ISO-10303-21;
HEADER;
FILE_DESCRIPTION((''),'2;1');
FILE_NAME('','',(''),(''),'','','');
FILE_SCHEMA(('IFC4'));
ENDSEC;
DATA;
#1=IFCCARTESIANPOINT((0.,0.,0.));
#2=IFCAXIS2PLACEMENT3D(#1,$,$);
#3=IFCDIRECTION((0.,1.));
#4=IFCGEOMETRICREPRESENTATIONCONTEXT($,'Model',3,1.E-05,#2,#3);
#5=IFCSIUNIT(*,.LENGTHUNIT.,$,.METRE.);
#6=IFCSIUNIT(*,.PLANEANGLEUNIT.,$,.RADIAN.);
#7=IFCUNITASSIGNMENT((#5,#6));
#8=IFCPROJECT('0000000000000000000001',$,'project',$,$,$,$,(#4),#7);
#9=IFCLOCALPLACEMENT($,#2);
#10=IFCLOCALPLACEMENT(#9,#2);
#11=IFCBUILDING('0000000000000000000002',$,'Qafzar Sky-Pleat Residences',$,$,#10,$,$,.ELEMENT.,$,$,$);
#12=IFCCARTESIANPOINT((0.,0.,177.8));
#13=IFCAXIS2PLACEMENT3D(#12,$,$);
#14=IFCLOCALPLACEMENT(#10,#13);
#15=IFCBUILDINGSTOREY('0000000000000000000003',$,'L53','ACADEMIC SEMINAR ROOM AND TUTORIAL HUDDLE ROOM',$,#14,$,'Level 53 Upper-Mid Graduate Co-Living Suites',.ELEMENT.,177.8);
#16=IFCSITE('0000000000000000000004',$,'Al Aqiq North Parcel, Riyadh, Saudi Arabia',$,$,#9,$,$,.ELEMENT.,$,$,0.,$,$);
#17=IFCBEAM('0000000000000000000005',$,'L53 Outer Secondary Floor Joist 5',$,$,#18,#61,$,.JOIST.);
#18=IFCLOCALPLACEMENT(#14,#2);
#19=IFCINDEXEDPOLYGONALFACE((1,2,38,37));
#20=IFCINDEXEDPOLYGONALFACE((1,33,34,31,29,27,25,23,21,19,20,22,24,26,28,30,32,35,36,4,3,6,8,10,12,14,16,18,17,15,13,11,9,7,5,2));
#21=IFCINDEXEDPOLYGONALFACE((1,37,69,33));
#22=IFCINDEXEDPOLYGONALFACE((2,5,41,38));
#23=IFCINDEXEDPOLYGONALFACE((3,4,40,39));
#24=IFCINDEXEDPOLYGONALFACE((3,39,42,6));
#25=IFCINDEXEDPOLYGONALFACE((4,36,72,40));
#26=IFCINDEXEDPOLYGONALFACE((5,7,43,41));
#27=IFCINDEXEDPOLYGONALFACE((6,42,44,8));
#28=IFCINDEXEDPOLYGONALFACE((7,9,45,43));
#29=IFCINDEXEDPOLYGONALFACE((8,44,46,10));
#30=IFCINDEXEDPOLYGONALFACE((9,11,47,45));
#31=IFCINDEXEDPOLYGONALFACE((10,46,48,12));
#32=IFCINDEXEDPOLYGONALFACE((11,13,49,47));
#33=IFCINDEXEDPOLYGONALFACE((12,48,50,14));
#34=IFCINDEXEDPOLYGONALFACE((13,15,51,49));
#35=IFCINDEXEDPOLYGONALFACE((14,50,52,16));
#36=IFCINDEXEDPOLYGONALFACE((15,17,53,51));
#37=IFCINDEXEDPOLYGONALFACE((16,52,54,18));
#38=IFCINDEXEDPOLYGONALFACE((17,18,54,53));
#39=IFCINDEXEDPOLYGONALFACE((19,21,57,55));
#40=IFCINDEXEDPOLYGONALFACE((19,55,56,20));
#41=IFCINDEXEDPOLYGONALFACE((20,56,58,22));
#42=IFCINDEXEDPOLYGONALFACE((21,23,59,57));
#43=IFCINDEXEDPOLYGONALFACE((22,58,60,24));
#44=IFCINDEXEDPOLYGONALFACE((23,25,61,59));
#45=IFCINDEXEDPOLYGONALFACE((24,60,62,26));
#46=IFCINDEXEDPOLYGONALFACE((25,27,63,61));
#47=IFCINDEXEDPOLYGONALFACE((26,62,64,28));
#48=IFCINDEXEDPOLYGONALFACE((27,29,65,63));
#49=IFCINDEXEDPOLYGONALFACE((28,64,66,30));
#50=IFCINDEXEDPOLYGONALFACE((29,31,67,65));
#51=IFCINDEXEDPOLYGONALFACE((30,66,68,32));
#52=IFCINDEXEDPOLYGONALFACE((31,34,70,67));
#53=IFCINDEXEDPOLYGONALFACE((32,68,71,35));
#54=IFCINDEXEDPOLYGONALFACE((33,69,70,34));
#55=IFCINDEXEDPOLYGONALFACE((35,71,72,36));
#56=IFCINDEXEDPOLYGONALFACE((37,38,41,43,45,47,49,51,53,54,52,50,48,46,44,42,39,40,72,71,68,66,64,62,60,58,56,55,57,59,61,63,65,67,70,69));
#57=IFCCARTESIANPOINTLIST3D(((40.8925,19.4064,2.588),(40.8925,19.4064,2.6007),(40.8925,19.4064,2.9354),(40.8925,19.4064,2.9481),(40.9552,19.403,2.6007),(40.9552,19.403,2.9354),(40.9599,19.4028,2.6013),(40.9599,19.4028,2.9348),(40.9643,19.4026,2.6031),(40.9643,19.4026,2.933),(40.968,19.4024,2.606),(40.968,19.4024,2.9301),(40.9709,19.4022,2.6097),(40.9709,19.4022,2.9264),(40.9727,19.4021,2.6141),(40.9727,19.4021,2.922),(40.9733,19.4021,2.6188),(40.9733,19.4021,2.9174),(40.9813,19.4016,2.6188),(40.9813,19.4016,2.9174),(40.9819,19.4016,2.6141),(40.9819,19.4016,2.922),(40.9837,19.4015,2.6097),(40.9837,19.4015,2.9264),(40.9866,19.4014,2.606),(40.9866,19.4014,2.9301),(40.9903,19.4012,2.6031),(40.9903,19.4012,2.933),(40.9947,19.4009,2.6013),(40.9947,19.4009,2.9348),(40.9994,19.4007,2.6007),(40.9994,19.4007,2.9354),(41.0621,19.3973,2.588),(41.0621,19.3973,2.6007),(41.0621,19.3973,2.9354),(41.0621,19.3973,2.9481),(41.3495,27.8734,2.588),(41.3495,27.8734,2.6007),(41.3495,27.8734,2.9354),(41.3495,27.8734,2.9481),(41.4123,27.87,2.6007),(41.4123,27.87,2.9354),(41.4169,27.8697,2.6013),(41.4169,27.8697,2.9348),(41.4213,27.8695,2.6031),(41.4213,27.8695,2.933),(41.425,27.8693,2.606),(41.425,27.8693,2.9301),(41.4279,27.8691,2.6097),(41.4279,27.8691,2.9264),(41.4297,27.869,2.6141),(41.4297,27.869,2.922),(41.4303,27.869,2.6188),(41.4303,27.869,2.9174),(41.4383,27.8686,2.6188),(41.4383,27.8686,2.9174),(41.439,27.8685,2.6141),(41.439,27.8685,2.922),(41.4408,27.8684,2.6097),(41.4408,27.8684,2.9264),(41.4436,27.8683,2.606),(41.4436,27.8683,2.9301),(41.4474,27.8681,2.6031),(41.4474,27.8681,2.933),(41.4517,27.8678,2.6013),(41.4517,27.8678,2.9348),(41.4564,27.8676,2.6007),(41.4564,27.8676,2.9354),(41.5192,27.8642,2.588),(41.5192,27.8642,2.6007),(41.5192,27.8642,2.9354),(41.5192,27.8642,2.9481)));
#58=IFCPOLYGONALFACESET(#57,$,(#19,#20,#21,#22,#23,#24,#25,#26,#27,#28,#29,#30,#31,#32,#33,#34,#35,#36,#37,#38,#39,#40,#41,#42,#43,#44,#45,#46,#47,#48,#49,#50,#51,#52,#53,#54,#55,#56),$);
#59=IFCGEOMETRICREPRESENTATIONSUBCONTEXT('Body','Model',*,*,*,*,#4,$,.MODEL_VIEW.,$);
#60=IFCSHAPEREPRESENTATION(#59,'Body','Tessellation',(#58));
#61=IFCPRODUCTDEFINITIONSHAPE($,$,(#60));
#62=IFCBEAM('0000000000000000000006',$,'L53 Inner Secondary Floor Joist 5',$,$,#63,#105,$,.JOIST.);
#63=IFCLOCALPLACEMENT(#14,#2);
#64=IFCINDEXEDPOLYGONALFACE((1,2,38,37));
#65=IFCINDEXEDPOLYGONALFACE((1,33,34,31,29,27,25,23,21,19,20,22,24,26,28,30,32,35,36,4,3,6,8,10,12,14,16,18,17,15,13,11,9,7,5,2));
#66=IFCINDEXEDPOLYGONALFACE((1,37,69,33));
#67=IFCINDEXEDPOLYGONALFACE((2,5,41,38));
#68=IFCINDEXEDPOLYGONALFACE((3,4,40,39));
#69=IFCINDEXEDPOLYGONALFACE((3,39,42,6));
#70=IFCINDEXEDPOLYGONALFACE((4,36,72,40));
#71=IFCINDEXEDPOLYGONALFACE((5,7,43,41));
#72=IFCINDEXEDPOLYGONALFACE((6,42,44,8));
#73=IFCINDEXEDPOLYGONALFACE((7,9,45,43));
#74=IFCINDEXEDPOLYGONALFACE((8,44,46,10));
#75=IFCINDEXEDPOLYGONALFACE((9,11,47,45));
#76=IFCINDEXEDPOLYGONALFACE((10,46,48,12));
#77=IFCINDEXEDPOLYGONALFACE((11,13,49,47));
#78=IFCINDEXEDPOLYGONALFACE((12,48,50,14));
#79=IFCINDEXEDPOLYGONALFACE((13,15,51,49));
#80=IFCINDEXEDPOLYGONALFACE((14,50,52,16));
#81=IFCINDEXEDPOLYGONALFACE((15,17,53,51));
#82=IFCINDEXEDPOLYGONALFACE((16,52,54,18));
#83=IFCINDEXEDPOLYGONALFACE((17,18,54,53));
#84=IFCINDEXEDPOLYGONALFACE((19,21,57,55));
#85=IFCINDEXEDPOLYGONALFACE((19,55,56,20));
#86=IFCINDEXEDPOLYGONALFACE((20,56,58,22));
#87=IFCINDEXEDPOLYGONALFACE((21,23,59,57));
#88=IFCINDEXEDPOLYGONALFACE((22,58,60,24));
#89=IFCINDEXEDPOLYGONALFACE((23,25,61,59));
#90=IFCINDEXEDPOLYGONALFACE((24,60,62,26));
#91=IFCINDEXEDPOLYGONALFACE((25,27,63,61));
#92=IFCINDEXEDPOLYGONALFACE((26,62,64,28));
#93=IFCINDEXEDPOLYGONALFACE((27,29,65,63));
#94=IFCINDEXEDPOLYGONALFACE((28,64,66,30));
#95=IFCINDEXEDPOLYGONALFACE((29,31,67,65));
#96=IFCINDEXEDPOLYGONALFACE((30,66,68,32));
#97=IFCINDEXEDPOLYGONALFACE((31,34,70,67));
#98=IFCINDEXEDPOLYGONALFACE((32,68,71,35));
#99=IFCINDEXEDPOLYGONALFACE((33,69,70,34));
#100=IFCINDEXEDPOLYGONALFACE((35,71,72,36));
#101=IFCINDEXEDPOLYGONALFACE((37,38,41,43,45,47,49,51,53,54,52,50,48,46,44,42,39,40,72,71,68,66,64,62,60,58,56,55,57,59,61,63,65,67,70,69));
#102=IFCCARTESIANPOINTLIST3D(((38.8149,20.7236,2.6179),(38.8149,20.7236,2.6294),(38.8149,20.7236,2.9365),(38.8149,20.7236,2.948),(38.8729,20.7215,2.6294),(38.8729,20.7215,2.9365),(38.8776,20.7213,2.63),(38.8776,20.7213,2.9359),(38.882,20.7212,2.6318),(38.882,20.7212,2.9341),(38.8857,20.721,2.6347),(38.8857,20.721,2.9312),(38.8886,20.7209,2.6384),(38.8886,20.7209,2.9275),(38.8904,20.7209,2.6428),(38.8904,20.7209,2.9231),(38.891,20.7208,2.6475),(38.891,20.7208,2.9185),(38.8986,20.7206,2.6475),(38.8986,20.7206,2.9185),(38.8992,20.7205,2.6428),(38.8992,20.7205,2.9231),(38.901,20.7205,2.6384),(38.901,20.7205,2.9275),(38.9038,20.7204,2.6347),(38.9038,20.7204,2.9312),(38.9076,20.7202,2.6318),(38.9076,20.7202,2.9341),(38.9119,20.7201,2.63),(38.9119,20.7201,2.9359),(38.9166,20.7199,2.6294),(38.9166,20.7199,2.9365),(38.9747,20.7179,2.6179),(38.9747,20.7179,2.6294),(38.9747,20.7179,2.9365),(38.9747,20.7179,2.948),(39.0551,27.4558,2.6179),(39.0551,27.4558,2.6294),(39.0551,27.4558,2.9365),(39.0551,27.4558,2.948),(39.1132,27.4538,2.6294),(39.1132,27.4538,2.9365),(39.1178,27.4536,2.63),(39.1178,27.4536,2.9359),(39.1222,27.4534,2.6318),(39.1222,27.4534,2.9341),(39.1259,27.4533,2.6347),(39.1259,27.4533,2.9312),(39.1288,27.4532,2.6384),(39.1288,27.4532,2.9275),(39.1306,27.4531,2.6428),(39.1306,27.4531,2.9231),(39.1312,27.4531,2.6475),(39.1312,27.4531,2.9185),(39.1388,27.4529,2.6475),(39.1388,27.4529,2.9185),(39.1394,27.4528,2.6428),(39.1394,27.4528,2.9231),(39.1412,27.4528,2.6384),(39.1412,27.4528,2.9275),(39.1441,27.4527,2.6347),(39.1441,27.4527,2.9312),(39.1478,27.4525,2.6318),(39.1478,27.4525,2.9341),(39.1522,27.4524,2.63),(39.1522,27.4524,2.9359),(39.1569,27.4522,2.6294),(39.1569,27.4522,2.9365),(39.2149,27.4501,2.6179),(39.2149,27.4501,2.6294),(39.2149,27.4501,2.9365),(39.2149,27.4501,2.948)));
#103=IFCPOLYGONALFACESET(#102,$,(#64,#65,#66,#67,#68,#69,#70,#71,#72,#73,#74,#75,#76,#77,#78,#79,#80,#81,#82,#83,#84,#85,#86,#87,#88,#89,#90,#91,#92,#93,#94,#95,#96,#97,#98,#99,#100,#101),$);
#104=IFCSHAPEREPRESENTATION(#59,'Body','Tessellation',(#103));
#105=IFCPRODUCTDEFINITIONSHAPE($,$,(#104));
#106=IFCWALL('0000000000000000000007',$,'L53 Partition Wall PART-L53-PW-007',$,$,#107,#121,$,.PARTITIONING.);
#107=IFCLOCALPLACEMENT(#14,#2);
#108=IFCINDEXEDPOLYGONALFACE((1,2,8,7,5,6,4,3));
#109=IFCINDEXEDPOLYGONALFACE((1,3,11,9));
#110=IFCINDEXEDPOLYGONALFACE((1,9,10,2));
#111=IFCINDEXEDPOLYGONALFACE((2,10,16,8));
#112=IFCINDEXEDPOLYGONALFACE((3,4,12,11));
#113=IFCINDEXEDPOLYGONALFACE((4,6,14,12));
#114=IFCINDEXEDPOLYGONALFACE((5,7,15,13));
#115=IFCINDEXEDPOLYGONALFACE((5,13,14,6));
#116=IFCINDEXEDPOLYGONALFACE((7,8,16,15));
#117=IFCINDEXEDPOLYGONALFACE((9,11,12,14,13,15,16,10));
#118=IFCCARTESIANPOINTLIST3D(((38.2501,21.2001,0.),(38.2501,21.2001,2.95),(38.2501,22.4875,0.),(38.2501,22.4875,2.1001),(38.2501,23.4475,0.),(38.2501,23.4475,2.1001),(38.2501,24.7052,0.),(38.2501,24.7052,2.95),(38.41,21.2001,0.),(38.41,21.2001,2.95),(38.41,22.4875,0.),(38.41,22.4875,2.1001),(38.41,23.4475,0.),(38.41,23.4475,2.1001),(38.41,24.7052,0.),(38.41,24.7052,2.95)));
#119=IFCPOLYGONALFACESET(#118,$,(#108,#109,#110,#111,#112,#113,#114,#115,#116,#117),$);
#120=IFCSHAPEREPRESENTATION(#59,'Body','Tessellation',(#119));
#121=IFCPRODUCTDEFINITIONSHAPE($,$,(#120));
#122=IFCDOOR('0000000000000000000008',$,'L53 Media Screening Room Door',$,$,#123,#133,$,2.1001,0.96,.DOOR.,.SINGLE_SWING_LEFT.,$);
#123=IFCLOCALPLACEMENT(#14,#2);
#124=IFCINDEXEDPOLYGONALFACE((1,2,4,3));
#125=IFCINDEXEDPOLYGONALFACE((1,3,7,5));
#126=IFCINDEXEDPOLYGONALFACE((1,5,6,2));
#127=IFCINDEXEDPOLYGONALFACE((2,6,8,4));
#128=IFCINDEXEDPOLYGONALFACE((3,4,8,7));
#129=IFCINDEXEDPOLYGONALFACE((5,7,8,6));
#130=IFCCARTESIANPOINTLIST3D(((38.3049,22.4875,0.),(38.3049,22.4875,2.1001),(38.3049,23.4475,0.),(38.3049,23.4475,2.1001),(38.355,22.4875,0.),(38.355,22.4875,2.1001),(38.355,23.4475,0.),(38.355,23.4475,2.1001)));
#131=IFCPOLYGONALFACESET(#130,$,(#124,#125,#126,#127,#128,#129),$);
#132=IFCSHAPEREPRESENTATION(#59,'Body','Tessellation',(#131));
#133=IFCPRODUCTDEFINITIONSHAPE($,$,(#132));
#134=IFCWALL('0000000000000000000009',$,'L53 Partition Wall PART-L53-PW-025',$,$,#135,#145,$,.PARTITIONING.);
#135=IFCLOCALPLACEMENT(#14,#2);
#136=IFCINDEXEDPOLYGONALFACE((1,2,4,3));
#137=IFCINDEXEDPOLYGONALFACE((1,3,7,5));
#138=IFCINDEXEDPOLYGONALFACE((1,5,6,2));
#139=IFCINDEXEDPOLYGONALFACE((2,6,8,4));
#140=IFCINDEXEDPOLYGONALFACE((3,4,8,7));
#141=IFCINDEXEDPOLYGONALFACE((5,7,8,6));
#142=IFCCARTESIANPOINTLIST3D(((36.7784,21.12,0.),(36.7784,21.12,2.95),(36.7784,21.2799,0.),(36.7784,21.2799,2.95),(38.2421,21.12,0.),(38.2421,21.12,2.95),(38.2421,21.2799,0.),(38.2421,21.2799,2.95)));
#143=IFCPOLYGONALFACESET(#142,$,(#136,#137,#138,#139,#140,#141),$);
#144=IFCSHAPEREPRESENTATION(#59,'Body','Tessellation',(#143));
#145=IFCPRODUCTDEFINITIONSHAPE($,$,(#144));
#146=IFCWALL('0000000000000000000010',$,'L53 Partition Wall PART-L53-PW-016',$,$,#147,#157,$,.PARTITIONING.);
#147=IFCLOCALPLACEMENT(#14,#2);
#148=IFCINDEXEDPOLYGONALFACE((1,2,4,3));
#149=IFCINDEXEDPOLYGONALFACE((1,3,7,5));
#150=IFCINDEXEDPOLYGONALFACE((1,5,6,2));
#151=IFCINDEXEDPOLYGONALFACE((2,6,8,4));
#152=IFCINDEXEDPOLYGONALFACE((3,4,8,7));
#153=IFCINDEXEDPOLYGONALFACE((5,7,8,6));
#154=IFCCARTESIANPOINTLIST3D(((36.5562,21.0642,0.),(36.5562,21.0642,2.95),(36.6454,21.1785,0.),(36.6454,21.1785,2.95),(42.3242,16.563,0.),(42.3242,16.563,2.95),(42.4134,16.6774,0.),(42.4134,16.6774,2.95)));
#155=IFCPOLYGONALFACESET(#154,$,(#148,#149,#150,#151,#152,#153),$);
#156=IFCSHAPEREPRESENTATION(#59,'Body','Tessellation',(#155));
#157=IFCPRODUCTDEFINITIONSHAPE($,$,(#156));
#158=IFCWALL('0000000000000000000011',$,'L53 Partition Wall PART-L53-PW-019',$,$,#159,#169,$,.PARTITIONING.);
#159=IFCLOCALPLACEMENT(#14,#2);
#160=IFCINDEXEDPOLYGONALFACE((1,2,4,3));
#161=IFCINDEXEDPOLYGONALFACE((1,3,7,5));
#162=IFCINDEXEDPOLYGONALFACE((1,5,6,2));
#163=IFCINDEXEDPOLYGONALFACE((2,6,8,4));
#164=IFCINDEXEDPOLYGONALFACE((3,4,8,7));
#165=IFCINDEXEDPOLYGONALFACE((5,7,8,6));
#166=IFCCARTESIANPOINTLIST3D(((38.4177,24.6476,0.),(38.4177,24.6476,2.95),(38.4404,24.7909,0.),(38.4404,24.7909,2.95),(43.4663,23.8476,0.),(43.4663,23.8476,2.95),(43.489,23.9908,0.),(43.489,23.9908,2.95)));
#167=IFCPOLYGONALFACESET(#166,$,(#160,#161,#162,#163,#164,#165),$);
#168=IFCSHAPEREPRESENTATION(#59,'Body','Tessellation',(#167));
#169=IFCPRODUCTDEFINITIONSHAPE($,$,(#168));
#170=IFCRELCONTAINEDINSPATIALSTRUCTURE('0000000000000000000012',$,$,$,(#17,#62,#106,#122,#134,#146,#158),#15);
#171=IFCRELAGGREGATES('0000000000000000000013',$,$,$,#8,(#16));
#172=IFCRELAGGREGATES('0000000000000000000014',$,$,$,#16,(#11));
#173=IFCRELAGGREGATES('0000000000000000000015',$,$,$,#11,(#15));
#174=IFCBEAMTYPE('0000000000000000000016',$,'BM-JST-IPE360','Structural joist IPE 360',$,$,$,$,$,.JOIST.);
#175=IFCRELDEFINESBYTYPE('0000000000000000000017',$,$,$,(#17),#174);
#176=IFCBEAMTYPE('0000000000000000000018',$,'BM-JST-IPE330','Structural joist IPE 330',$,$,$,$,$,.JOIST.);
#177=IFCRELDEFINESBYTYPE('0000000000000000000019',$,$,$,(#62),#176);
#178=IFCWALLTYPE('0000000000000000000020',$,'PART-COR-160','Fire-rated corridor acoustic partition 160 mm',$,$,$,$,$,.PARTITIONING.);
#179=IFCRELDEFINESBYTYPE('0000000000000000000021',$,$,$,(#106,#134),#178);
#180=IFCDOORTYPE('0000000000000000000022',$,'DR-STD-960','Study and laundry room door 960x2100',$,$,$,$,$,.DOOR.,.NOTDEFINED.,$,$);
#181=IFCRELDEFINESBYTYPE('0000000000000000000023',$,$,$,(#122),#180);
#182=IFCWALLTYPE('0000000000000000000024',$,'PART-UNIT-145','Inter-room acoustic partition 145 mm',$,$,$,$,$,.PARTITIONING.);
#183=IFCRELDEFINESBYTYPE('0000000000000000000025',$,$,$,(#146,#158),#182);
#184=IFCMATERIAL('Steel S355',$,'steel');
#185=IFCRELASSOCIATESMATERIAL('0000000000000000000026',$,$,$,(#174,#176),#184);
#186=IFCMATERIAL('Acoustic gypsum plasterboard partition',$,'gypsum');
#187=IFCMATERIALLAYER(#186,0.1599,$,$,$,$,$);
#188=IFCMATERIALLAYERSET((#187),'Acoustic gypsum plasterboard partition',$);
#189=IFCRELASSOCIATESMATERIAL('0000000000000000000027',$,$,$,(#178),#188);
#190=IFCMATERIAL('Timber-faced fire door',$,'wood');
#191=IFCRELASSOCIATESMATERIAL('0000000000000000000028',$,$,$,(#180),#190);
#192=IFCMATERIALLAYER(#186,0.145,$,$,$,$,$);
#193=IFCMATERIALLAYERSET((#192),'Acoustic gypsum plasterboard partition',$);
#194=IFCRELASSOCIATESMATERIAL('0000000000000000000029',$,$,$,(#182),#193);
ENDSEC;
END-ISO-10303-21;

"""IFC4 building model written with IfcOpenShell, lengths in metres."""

from ifc_helpers import new_model, si_unit, direction, frame, frame_2d, origin, origin_2d, place, context, subcontext, project, spatial, rectangle, i_section, extrude, source, transform, mapped, material, layer, layer_set, material_profile, profile_set, type_object, element, fill, save


model = new_model("IFC4")

# Units and contexts
model_context = context("Model", 3, precision=1e-05, world=origin(), true_north=direction((0.0, 1.0)))
body_context = subcontext(model_context, "Body", "Model", "MODEL_VIEW")
ifc_project = project(units=[si_unit("LENGTHUNIT", "METRE"), si_unit("PLANEANGLEUNIT", "RADIAN")], contexts=[model_context])

# Site, building, storey
site_placement = place(None, origin())
site = spatial("IfcSite", under=ifc_project, at=site_placement, Name="Al Aqiq North Parcel, Riyadh, Saudi Arabia", CompositionType="ELEMENT", RefElevation=0.0)
building_placement = place(site_placement, origin())
building = spatial("IfcBuilding", under=site, at=building_placement, Name="Qafzar Sky-Pleat Residences", CompositionType="ELEMENT")
storey_placement = place(building_placement, frame((0.0, 0.0, 177.8)))
storey = spatial("IfcBuildingStorey", under=building, at=storey_placement, Name="L53", Description="ACADEMIC SEMINAR ROOM AND TUTORIAL HUDDLE ROOM", LongName="Level 53 Upper-Mid Graduate Co-Living Suites", CompositionType="ELEMENT", Elevation=177.8)

# Shared definitions
ifc_material_1 = material(Name="Steel S355", Category="steel")

# Beams
ifc_material_profile_1 = material_profile(ifc_material_1, i_section(OverallWidth=0.1699, OverallDepth=0.3601, WebThickness=0.0081, FlangeThickness=0.0127, FilletRadius=0.0181, at=origin_2d()), Name="IPE 360")
ifc_profile_set_1 = profile_set([ifc_material_profile_1], Name="Steel S355")
beam_type_1 = type_object("IfcBeamType", Name="BM-JST-IPE360", Description="Structural joist IPE 360", PredefinedType="JOIST", material=ifc_profile_set_1)
shared_shape_1 = source(origin(), body_context, "Body", "SweptSolid", [
    extrude(i_section(OverallWidth=0.1699, OverallDepth=0.3601, WebThickness=0.0081, FlangeThickness=0.0127, FilletRadius=0.0181, at=origin_2d()), origin(), (0.0, 0.0, 1.0), 8.4792),
])
beam_1_placement = place(storey_placement, frame((40.9773, 19.4019, 2.7681), z_axis=(0.053899, 0.998546, 0.0), x_axis=(-0.998546, 0.053899, 0.0)))
element("IfcBeam", 1, at=beam_1_placement, inside=storey, type_object=beam_type_1, Name="L53 Outer Secondary Floor Joist 5", PredefinedType="JOIST", context=body_context, shape_type="MappedRepresentation", body=[
    mapped(shared_shape_1, transform((0.0, 0.0, 0.0), x_axis=(1.0, 0.0, 0.0), y_axis=(0.0, 1.0, 0.0), z_axis=(0.0, 0.0, 1.0), scale=1.0)),
])
ifc_material_profile_2 = material_profile(ifc_material_1, i_section(OverallWidth=0.1599, OverallDepth=0.3301, WebThickness=0.0076, FlangeThickness=0.0115, FilletRadius=0.0181, at=origin_2d()), Name="IPE 330")
ifc_profile_set_2 = profile_set([ifc_material_profile_2], Name="Steel S355")
beam_type_2 = type_object("IfcBeamType", Name="BM-JST-IPE330", Description="Structural joist IPE 330", PredefinedType="JOIST", material=ifc_profile_set_2)
shared_shape_2 = source(origin(), body_context, "Body", "SweptSolid", [
    extrude(i_section(OverallWidth=0.1599, OverallDepth=0.3301, WebThickness=0.0076, FlangeThickness=0.0115, FilletRadius=0.0181, at=origin_2d()), origin(), (0.0, 0.0, 1.0), 6.7366),
])
beam_2_placement = place(storey_placement, frame((38.8948, 20.7207, 2.783), z_axis=(0.035662, 0.999364, 0.0), x_axis=(-0.999364, 0.035662, 0.0)))
element("IfcBeam", 2, at=beam_2_placement, inside=storey, type_object=beam_type_2, Name="L53 Inner Secondary Floor Joist 5", PredefinedType="JOIST", context=body_context, shape_type="MappedRepresentation", body=[
    mapped(shared_shape_2, transform((0.0, 0.0, 0.0), x_axis=(1.0, 0.0, 0.0), y_axis=(0.0, 1.0, 0.0), z_axis=(0.0, 0.0, 1.0), scale=1.0)),
])

# Wall, opening, door
ifc_material_2 = material(Name="Acoustic gypsum plasterboard partition", Category="gypsum")
ifc_layer_1 = layer(ifc_material_2, 0.1599)
ifc_layer_set_1 = layer_set([ifc_layer_1], Name="Acoustic gypsum plasterboard partition")
wall_type_1 = type_object("IfcWallType", Name="PART-COR-160", Description="Fire-rated corridor acoustic partition 160 mm", PredefinedType="PARTITIONING", material=ifc_layer_set_1)
wall_1_placement = place(storey_placement, frame((38.3301, 24.7051, 0.0), z_axis=(0.0, 0.0, 1.0), x_axis=(0.0, -1.0, 0.0)))
wall_1 = element("IfcWall", 3, at=wall_1_placement, inside=storey, type_object=wall_type_1, Name="L53 Partition Wall PART-L53-PW-007", PredefinedType="PARTITIONING", context=body_context, shape_type="SweptSolid", body=[
    extrude(rectangle(XDim=3.5051, YDim=0.1599, at=frame_2d((1.7524, 0.0))), origin(), (0.0, 0.0, 1.0), 2.95),
])
opening_1_placement = place(wall_1_placement, frame((1.2576, 0.0, 0.0)))
opening_1 = element("IfcOpeningElement", 4, at=opening_1_placement, cuts=wall_1, PredefinedType="OPENING", context=body_context, shape_type="SweptSolid", body=[
    extrude(rectangle(XDim=0.96, YDim=2.1001, at=frame_2d((0.48, 1.05))), frame((0.0, 0.0898, 0.0), z_axis=(0.0, -1.0, 0.0), x_axis=(1.0, 0.0, 0.0)), (0.0, 0.0, 1.0), 0.1799),
])
ifc_material_3 = material(Name="Timber-faced fire door", Category="wood")
door_type_1 = type_object("IfcDoorType", Name="DR-STD-960", Description="Study and laundry room door 960x2100", OperationType="NOTDEFINED", PredefinedType="DOOR", material=ifc_material_3)
shared_shape_3 = source(origin(), body_context, "Body", "SweptSolid", [
    extrude(rectangle(XDim=0.96, YDim=2.1001, at=frame_2d((0.48, 1.05))), frame((0.0, 0.0249, 0.0), z_axis=(0.0, -1.0, 0.0), x_axis=(1.0, 0.0, 0.0)), (0.0, 0.0, 1.0), 0.05),
])
door_1_placement = place(opening_1_placement, origin())
door_1 = element("IfcDoor", 5, at=door_1_placement, inside=storey, type_object=door_type_1, Name="L53 Media Screening Room Door", OperationType="SINGLE_SWING_LEFT", OverallHeight=2.1001, OverallWidth=0.96, PredefinedType="DOOR", context=body_context, shape_type="MappedRepresentation", body=[
    mapped(shared_shape_3, transform((0.0, 0.0, 0.0), x_axis=(1.0, 0.0, 0.0), y_axis=(0.0, 1.0, 0.0), z_axis=(0.0, 0.0, 1.0), scale=1.0)),
])
fill(opening_1, door_1)

# Walls
wall_2_placement = place(storey_placement, frame((36.7783, 21.2, 0.0), z_axis=(0.0, 0.0, 1.0), x_axis=(1.0, 0.0, 0.0)))
element("IfcWall", 6, at=wall_2_placement, inside=storey, type_object=wall_type_1, Name="L53 Partition Wall PART-L53-PW-025", PredefinedType="PARTITIONING", context=body_context, shape_type="SweptSolid", body=[
    extrude(rectangle(XDim=1.4636, YDim=0.1599, at=frame_2d((0.7319, 0.0))), origin(), (0.0, 0.0, 1.0), 2.95),
])
ifc_layer_2 = layer(ifc_material_2, 0.145)
ifc_layer_set_2 = layer_set([ifc_layer_2], Name="Acoustic gypsum plasterboard partition")
wall_type_2 = type_object("IfcWallType", Name="PART-UNIT-145", Description="Inter-room acoustic partition 145 mm", PredefinedType="PARTITIONING", material=ifc_layer_set_2)
wall_3_placement = place(storey_placement, frame((36.6008, 21.1213, 0.0), z_axis=(0.0, 0.0, 1.0), x_axis=(0.788361, -0.615213, 0.0)))
element("IfcWall", 7, at=wall_3_placement, inside=storey, type_object=wall_type_2, Name="L53 Partition Wall PART-L53-PW-016", PredefinedType="PARTITIONING", context=body_context, shape_type="SweptSolid", body=[
    extrude(rectangle(XDim=7.3164, YDim=0.145, at=frame_2d((3.6582, 0.0))), origin(), (0.0, 0.0, 1.0), 2.95),
])
wall_4_placement = place(storey_placement, frame((38.4292, 24.7192, 0.0), z_axis=(0.0, 0.0, 1.0), x_axis=(0.987675, -0.156517, 0.0)))
element("IfcWall", 8, at=wall_4_placement, inside=storey, type_object=wall_type_2, Name="L53 Partition Wall PART-L53-PW-019", PredefinedType="PARTITIONING", context=body_context, shape_type="SweptSolid", body=[
    extrude(rectangle(XDim=5.1116, YDim=0.145, at=frame_2d((2.5557, 0.0))), origin(), (0.0, 0.0, 1.0), 2.95),
])

save(model, "model.ifc")
